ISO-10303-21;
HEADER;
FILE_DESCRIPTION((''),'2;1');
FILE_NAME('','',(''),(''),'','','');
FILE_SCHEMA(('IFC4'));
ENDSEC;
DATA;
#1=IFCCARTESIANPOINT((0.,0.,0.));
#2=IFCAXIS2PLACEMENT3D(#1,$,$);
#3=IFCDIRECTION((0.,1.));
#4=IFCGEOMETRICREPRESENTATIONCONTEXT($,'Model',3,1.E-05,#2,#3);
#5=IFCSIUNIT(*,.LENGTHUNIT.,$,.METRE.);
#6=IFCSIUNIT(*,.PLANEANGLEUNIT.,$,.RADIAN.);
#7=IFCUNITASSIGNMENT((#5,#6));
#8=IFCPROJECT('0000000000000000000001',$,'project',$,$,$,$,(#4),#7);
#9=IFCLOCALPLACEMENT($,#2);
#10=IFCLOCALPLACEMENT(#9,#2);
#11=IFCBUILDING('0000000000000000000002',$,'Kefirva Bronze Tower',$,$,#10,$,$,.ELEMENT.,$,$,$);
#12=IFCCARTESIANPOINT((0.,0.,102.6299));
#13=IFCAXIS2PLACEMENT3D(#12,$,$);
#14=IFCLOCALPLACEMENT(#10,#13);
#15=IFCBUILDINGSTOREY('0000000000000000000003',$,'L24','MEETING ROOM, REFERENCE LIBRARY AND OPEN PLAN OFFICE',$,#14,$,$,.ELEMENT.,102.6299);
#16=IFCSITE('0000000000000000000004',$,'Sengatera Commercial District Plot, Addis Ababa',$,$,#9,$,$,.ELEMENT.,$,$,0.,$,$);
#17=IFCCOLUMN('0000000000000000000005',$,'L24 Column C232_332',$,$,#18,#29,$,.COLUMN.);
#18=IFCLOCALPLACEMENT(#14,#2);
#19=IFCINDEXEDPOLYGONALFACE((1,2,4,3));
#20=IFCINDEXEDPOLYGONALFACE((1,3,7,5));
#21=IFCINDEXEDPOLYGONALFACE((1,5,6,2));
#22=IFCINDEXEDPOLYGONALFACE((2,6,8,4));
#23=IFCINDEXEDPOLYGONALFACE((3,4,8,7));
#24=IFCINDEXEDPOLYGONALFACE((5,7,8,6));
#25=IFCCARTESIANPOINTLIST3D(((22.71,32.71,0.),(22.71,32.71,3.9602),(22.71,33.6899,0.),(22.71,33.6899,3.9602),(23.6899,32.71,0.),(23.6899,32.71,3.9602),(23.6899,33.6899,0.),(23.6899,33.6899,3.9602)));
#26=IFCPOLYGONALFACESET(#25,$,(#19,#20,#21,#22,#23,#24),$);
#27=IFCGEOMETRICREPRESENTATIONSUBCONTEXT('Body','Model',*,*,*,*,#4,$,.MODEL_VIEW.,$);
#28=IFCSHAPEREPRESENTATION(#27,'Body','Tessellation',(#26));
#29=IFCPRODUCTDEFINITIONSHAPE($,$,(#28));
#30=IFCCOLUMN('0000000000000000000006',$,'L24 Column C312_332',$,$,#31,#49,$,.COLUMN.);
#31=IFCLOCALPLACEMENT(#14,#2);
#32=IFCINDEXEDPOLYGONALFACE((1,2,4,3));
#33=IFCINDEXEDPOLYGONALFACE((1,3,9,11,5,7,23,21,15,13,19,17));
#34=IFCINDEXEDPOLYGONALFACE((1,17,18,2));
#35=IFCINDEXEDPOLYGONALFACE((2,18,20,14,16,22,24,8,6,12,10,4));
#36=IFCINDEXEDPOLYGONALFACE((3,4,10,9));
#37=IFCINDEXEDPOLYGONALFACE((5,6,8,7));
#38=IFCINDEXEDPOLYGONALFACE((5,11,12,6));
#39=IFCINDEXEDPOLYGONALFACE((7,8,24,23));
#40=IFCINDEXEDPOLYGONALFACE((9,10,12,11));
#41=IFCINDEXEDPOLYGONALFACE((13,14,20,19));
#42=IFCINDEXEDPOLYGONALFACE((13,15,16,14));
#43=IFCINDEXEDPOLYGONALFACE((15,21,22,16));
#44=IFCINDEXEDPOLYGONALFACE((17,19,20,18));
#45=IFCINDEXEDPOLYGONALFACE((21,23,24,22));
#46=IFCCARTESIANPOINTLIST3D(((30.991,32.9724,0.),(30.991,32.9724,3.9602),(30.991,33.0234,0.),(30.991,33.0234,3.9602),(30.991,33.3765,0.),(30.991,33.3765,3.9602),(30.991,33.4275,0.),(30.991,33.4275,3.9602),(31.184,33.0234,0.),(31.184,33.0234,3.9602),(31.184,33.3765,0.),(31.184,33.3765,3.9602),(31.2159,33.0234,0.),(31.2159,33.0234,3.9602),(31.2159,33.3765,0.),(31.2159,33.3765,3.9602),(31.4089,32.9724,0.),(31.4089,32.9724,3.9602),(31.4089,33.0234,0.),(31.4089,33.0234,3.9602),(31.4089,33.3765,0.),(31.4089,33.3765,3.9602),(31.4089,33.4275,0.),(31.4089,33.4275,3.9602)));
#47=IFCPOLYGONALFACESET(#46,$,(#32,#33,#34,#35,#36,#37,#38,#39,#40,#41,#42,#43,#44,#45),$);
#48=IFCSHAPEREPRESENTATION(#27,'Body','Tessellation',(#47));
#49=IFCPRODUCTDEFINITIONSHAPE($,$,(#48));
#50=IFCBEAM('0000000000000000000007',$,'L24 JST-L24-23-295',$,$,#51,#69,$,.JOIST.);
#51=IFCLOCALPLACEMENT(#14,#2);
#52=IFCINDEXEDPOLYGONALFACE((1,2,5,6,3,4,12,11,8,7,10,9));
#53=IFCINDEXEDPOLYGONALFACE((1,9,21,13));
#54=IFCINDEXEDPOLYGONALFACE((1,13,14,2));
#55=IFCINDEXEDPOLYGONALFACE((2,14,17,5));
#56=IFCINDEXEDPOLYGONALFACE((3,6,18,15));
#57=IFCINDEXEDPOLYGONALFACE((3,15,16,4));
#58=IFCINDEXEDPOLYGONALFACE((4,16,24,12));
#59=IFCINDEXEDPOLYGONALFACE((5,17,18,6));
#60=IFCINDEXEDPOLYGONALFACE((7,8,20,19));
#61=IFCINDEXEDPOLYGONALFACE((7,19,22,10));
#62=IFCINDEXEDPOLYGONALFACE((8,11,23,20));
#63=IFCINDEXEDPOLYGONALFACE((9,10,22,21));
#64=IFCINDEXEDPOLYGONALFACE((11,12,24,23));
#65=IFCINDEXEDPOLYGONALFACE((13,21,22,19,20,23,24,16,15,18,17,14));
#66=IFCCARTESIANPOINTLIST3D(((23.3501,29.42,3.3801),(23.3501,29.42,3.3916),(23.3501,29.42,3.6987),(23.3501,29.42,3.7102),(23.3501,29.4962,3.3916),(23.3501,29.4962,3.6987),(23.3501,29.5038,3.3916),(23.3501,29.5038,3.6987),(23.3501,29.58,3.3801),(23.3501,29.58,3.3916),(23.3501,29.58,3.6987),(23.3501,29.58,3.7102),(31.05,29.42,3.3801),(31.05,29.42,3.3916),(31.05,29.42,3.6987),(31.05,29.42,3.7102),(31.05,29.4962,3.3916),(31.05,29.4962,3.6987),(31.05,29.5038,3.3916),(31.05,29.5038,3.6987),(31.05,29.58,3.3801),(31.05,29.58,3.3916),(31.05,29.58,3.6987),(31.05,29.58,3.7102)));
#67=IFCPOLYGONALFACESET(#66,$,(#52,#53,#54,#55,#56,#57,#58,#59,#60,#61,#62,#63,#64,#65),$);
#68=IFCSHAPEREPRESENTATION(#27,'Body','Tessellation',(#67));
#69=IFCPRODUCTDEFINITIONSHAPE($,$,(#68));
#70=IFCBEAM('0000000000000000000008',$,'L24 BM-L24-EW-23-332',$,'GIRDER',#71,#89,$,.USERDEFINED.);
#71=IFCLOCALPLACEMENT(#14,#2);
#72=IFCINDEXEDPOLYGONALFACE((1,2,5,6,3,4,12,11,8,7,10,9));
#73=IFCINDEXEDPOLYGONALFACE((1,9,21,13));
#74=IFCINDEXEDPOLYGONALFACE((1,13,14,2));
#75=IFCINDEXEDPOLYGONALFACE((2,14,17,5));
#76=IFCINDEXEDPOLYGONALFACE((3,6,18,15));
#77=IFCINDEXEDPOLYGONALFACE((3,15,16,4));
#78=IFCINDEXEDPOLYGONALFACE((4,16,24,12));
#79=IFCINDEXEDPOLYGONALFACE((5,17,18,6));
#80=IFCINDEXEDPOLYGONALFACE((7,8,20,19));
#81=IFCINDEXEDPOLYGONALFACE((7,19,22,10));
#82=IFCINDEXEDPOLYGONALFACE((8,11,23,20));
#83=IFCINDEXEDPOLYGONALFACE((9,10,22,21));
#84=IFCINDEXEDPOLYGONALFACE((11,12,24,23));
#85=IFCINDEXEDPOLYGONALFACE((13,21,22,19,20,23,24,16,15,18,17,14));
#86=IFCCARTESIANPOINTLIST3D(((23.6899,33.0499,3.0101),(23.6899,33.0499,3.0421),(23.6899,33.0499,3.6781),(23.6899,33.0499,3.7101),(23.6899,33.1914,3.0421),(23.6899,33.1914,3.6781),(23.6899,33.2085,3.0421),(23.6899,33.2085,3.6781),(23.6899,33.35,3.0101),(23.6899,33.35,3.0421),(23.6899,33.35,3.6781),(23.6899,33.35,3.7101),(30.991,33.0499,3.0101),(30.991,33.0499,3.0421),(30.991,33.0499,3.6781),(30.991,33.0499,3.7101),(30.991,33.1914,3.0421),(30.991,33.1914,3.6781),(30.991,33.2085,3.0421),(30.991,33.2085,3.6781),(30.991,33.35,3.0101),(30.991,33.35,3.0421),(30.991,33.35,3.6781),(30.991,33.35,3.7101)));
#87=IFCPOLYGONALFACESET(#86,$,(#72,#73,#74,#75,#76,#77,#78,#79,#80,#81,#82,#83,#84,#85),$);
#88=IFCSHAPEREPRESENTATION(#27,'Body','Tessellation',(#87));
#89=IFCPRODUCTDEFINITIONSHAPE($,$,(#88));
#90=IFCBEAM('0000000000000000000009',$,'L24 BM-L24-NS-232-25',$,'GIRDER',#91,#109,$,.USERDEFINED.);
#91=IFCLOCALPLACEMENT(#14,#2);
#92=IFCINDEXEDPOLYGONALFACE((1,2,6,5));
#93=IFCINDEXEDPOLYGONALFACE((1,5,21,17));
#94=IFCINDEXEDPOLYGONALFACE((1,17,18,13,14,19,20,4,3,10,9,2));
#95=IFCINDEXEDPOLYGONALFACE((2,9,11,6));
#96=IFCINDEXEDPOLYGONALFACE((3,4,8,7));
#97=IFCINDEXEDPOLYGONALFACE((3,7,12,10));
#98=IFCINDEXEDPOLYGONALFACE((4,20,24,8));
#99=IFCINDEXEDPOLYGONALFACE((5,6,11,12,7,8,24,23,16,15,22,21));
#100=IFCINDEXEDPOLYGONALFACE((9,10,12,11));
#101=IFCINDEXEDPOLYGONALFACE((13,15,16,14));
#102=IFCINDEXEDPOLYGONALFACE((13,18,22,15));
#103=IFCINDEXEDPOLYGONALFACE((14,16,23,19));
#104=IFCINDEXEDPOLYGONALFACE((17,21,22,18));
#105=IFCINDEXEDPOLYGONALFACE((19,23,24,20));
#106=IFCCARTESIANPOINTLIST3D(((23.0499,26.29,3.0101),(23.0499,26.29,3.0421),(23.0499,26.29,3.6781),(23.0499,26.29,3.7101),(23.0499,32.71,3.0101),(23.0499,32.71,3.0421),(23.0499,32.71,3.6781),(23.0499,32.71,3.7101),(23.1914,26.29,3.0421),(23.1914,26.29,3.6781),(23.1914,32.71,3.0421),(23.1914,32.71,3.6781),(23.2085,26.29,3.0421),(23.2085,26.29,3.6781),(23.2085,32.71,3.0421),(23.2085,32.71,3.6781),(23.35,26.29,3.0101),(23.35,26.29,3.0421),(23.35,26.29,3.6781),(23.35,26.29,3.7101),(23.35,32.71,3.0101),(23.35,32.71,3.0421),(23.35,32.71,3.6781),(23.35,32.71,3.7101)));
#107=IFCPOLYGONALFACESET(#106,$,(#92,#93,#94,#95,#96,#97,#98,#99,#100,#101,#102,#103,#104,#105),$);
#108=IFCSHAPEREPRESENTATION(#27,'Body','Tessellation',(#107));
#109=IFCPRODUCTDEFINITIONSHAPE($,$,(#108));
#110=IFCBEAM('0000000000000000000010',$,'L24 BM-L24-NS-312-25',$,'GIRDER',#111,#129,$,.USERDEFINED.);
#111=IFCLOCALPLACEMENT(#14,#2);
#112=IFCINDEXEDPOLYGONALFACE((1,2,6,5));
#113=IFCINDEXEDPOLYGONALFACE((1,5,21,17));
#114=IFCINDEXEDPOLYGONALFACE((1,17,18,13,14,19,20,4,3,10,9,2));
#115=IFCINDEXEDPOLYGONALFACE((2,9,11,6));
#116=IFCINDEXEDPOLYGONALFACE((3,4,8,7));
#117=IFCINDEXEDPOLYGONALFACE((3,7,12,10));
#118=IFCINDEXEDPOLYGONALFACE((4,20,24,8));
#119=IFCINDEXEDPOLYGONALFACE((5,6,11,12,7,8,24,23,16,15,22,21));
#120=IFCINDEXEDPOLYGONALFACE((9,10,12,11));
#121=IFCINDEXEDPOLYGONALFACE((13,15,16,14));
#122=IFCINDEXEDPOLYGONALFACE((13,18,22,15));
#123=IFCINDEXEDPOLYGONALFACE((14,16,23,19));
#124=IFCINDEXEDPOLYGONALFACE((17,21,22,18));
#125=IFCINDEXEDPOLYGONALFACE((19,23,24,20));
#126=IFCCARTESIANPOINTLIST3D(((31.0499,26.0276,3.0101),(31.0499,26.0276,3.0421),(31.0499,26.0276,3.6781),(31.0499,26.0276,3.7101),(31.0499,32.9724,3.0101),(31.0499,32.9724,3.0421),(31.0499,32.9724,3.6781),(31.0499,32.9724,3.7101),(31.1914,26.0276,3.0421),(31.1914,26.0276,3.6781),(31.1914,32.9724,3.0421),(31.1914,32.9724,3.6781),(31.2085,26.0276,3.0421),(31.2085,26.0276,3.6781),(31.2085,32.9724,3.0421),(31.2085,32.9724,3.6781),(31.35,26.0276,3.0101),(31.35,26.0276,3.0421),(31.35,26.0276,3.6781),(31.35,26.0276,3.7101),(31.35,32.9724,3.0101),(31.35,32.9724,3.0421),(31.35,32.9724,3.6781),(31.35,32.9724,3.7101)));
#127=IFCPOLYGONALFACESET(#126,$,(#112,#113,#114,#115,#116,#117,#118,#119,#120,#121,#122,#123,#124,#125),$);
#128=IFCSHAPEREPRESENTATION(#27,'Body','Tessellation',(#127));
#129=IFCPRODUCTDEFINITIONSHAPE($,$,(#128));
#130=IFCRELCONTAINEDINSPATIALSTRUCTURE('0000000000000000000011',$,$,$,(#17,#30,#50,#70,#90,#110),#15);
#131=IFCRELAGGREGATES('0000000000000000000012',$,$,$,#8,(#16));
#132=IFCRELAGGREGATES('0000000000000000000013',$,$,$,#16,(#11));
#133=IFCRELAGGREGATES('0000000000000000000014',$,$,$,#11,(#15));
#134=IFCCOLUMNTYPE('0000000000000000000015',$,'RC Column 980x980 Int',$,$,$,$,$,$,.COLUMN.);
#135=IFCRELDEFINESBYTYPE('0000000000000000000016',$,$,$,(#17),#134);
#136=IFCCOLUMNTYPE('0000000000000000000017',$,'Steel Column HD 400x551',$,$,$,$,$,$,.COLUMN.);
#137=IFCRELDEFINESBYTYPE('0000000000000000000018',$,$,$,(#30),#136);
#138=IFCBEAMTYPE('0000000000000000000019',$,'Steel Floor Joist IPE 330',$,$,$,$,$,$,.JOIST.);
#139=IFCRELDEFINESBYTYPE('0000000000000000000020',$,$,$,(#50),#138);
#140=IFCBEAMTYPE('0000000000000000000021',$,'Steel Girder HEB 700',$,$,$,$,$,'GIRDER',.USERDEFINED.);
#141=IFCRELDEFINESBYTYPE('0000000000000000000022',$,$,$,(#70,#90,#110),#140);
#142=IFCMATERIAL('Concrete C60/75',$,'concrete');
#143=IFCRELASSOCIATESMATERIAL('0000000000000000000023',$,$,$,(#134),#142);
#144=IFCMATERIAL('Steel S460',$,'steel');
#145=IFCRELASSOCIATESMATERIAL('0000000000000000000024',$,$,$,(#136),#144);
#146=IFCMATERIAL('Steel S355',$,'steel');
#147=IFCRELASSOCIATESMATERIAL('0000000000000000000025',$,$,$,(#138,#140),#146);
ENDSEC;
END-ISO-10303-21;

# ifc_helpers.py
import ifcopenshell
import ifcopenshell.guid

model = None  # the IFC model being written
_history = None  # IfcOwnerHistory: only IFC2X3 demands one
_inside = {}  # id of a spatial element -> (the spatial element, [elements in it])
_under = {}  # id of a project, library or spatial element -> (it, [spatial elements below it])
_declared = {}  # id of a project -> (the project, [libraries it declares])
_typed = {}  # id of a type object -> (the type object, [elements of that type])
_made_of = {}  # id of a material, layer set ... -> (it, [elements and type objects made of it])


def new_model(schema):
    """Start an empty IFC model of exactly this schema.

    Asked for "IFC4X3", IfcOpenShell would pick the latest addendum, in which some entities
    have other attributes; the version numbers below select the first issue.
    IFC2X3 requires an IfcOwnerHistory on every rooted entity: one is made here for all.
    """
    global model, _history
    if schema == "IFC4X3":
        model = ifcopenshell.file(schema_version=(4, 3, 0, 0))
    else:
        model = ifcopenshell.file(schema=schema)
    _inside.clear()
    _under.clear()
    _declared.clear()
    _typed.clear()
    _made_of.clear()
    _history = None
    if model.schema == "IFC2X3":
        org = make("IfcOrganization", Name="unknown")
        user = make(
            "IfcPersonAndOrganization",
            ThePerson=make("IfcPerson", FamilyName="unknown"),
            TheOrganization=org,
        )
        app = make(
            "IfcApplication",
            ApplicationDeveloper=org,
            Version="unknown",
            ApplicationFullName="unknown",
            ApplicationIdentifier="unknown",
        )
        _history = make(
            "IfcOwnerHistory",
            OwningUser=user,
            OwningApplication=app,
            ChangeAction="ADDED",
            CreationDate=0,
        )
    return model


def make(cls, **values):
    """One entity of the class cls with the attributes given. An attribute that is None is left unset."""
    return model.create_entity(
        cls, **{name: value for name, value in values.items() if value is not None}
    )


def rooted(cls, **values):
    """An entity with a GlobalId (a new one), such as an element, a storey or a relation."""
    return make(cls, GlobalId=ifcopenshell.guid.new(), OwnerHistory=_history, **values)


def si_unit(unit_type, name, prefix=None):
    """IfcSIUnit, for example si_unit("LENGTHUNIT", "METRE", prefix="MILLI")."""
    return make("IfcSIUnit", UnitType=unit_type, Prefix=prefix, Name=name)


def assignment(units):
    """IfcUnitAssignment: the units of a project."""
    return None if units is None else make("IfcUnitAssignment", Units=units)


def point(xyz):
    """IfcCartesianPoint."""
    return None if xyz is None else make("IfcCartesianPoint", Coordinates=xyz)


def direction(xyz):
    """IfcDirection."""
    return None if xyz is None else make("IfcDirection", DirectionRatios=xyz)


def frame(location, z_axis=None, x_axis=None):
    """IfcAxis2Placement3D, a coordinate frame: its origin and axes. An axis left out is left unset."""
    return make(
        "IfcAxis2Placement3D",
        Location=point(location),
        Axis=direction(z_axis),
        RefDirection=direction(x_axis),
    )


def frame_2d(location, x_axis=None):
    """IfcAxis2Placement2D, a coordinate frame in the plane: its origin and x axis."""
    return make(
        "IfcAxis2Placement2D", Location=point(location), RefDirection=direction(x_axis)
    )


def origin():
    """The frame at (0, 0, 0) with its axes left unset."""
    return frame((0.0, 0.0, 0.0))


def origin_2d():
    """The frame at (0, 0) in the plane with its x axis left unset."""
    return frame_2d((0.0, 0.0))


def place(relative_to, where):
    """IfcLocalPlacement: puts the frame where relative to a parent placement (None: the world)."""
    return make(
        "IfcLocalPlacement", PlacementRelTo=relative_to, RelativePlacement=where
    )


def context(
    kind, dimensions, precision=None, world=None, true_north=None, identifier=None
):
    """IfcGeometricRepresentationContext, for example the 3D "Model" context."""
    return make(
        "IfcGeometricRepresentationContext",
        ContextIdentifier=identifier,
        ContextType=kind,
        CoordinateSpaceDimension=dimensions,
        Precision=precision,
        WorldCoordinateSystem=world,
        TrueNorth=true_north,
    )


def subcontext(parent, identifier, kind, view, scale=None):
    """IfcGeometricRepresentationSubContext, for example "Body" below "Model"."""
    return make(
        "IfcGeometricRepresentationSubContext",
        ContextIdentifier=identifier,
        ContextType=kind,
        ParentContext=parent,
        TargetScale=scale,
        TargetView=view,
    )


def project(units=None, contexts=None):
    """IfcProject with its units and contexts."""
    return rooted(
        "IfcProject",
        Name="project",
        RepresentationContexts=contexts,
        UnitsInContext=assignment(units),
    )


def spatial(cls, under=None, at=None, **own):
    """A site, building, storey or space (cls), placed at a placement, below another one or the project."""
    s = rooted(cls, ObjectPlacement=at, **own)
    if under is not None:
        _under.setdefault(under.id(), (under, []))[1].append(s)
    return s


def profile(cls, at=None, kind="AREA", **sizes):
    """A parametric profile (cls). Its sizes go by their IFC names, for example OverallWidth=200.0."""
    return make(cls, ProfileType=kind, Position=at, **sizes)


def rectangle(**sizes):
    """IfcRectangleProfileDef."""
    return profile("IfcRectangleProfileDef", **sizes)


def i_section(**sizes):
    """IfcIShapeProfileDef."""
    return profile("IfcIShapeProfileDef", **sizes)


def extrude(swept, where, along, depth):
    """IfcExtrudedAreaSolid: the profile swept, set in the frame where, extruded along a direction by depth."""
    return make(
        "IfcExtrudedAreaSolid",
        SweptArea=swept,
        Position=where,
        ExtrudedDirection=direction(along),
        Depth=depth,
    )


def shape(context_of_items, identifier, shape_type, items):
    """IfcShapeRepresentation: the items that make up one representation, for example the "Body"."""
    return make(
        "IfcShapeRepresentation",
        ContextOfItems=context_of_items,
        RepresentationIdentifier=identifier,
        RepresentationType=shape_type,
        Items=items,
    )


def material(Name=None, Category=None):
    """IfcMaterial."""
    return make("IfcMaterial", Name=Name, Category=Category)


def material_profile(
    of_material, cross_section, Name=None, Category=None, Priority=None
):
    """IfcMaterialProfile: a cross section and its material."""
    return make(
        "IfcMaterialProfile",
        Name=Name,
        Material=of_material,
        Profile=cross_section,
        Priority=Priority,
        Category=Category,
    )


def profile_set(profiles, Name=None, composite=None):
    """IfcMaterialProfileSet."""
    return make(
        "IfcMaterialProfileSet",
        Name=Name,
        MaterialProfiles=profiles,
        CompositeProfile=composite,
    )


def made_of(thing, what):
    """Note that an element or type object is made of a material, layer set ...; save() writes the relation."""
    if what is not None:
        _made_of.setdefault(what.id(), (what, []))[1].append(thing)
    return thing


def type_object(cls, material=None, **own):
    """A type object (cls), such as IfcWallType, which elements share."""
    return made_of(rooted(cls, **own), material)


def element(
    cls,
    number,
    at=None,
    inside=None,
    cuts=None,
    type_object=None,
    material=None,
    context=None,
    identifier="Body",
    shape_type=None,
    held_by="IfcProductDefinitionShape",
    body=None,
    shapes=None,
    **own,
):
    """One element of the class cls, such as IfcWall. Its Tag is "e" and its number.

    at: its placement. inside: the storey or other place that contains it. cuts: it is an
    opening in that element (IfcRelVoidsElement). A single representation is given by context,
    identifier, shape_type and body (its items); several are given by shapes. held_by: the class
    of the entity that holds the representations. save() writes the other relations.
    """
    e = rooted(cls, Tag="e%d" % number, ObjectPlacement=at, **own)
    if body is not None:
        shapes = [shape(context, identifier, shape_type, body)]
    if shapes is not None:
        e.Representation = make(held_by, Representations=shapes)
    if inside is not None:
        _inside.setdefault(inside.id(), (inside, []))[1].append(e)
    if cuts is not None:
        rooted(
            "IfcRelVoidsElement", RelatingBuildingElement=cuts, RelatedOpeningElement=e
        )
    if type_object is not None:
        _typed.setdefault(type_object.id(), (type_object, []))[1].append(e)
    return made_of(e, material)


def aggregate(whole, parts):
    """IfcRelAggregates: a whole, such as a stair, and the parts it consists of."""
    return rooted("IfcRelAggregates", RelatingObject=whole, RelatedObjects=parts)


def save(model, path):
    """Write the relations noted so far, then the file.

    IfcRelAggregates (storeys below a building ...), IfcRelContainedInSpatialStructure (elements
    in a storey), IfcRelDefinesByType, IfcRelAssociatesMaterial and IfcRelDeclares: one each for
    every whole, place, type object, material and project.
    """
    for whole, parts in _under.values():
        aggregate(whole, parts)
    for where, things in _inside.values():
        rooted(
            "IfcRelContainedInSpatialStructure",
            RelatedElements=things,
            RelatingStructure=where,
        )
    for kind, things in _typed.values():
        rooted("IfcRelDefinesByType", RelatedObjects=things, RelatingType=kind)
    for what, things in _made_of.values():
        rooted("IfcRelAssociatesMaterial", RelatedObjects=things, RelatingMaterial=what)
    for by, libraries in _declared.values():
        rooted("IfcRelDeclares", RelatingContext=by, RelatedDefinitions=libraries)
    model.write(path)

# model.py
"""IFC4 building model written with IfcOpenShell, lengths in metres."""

from ifc_helpers import new_model, si_unit, direction, frame, origin, origin_2d, place, context, subcontext, project, spatial, rectangle, i_section, extrude, material, material_profile, profile_set, type_object, element, save


model = new_model("IFC4")

# Units and contexts
model_context = context("Model", 3, precision=1e-05, world=origin(), true_north=direction((0.0, 1.0)))
body_context = subcontext(model_context, "Body", "Model", "MODEL_VIEW")
ifc_project = project(units=[si_unit("LENGTHUNIT", "METRE"), si_unit("PLANEANGLEUNIT", "RADIAN")], contexts=[model_context])

# Site, building, storey
site_placement = place(None, origin())
site = spatial("IfcSite", under=ifc_project, at=site_placement, Name="Sengatera Commercial District Plot, Addis Ababa", CompositionType="ELEMENT", RefElevation=0.0)
building_placement = place(site_placement, origin())
building = spatial("IfcBuilding", under=site, at=building_placement, Name="Kefirva Bronze Tower", CompositionType="ELEMENT")
storey_placement = place(building_placement, frame((0.0, 0.0, 102.6299)))
storey = spatial("IfcBuildingStorey", under=building, at=storey_placement, Name="L24", Description="MEETING ROOM, REFERENCE LIBRARY AND OPEN PLAN OFFICE", CompositionType="ELEMENT", Elevation=102.6299)

# Columns
ifc_material_1 = material(Name="Concrete C60/75", Category="concrete")
ifc_material_profile_1 = material_profile(ifc_material_1, rectangle(XDim=0.98, YDim=0.98, at=origin_2d()), Name="RC 980x980")
ifc_profile_set_1 = profile_set([ifc_material_profile_1], Name="Concrete C60/75")
column_type_1 = type_object("IfcColumnType", Name="RC Column 980x980 Int", PredefinedType="COLUMN", material=ifc_profile_set_1)
column_1_placement = place(storey_placement, frame((23.2, 33.2, 0.0), z_axis=(0.0, 0.0, 1.0), x_axis=(1.0, 0.0, 0.0)))
element("IfcColumn", 1, at=column_1_placement, inside=storey, type_object=column_type_1, Name="L24 Column C232_332", PredefinedType="COLUMN", context=body_context, shape_type="SweptSolid", body=[
    extrude(rectangle(XDim=0.98, YDim=0.98, at=origin_2d()), origin(), (0.0, 0.0, 1.0), 3.9602),
])
ifc_material_2 = material(Name="Steel S460", Category="steel")
ifc_material_profile_2 = material_profile(ifc_material_2, i_section(OverallWidth=0.418, OverallDepth=0.4551, WebThickness=0.032, FlangeThickness=0.051, at=origin_2d()), Name="HD 400x551")
ifc_profile_set_2 = profile_set([ifc_material_profile_2], Name="Steel S460")
column_type_2 = type_object("IfcColumnType", Name="Steel Column HD 400x551", PredefinedType="COLUMN", material=ifc_profile_set_2)
column_2_placement = place(storey_placement, frame((31.2, 33.2, 0.0), z_axis=(0.0, 0.0, 1.0), x_axis=(1.0, 0.0, 0.0)))
element("IfcColumn", 2, at=column_2_placement, inside=storey, type_object=column_type_2, Name="L24 Column C312_332", PredefinedType="COLUMN", context=body_context, shape_type="SweptSolid", body=[
    extrude(i_section(OverallWidth=0.418, OverallDepth=0.4551, WebThickness=0.032, FlangeThickness=0.051, at=origin_2d()), origin(), (0.0, 0.0, 1.0), 3.9602),
])

# Beams
ifc_material_3 = material(Name="Steel S355", Category="steel")
ifc_material_profile_3 = material_profile(ifc_material_3, i_section(OverallWidth=0.1599, OverallDepth=0.3301, WebThickness=0.0076, FlangeThickness=0.0115, at=origin_2d()), Name="IPE 330")
ifc_profile_set_3 = profile_set([ifc_material_profile_3], Name="Steel S355")
beam_type_1 = type_object("IfcBeamType", Name="Steel Floor Joist IPE 330", PredefinedType="JOIST", material=ifc_profile_set_3)
beam_1_placement = place(storey_placement, frame((23.3501, 29.5, 3.5452), z_axis=(1.0, 0.0, 0.0), x_axis=(0.0, 1.0, 0.0)))
element("IfcBeam", 3, at=beam_1_placement, inside=storey, type_object=beam_type_1, Name="L24 JST-L24-23-295", PredefinedType="JOIST", context=body_context, shape_type="SweptSolid", body=[
    extrude(i_section(OverallWidth=0.1599, OverallDepth=0.3301, WebThickness=0.0076, FlangeThickness=0.0115, at=origin_2d()), origin(), (0.0, 0.0, 1.0), 7.7),
])
ifc_material_profile_4 = material_profile(ifc_material_3, i_section(OverallWidth=0.3, OverallDepth=0.7, WebThickness=0.0171, FlangeThickness=0.032, at=origin_2d()), Name="HEB 700")
ifc_profile_set_4 = profile_set([ifc_material_profile_4], Name="Steel S355")
beam_type_2 = type_object("IfcBeamType", Name="Steel Girder HEB 700", ElementType="GIRDER", PredefinedType="USERDEFINED", material=ifc_profile_set_4)
beam_2_placement = place(storey_placement, frame((23.6899, 33.2, 3.3601), z_axis=(1.0, 0.0, 0.0), x_axis=(0.0, 1.0, 0.0)))
element("IfcBeam", 4, at=beam_2_placement, inside=storey, type_object=beam_type_2, Name="L24 BM-L24-EW-23-332", ObjectType="GIRDER", PredefinedType="USERDEFINED", context=body_context, shape_type="SweptSolid", body=[
    extrude(i_section(OverallWidth=0.3, OverallDepth=0.7, WebThickness=0.0171, FlangeThickness=0.032, at=origin_2d()), origin(), (0.0, 0.0, 1.0), 7.301),
])
beam_3_placement = place(storey_placement, frame((23.2, 26.29, 3.3601), z_axis=(0.0, 1.0, 0.0), x_axis=(-1.0, 0.0, 0.0)))
element("IfcBeam", 5, at=beam_3_placement, inside=storey, type_object=beam_type_2, Name="L24 BM-L24-NS-232-25", ObjectType="GIRDER", PredefinedType="USERDEFINED", context=body_context, shape_type="SweptSolid", body=[
    extrude(i_section(OverallWidth=0.3, OverallDepth=0.7, WebThickness=0.0171, FlangeThickness=0.032, at=origin_2d()), origin(), (0.0, 0.0, 1.0), 6.4199),
])
beam_4_placement = place(storey_placement, frame((31.2, 26.0276, 3.3601), z_axis=(0.0, 1.0, 0.0), x_axis=(-1.0, 0.0, 0.0)))
element("IfcBeam", 6, at=beam_4_placement, inside=storey, type_object=beam_type_2, Name="L24 BM-L24-NS-312-25", ObjectType="GIRDER", PredefinedType="USERDEFINED", context=body_context, shape_type="SweptSolid", body=[
    extrude(i_section(OverallWidth=0.3, OverallDepth=0.7, WebThickness=0.0171, FlangeThickness=0.032, at=origin_2d()), origin(), (0.0, 0.0, 1.0), 6.9448),
])

save(model, "model.ifc")
